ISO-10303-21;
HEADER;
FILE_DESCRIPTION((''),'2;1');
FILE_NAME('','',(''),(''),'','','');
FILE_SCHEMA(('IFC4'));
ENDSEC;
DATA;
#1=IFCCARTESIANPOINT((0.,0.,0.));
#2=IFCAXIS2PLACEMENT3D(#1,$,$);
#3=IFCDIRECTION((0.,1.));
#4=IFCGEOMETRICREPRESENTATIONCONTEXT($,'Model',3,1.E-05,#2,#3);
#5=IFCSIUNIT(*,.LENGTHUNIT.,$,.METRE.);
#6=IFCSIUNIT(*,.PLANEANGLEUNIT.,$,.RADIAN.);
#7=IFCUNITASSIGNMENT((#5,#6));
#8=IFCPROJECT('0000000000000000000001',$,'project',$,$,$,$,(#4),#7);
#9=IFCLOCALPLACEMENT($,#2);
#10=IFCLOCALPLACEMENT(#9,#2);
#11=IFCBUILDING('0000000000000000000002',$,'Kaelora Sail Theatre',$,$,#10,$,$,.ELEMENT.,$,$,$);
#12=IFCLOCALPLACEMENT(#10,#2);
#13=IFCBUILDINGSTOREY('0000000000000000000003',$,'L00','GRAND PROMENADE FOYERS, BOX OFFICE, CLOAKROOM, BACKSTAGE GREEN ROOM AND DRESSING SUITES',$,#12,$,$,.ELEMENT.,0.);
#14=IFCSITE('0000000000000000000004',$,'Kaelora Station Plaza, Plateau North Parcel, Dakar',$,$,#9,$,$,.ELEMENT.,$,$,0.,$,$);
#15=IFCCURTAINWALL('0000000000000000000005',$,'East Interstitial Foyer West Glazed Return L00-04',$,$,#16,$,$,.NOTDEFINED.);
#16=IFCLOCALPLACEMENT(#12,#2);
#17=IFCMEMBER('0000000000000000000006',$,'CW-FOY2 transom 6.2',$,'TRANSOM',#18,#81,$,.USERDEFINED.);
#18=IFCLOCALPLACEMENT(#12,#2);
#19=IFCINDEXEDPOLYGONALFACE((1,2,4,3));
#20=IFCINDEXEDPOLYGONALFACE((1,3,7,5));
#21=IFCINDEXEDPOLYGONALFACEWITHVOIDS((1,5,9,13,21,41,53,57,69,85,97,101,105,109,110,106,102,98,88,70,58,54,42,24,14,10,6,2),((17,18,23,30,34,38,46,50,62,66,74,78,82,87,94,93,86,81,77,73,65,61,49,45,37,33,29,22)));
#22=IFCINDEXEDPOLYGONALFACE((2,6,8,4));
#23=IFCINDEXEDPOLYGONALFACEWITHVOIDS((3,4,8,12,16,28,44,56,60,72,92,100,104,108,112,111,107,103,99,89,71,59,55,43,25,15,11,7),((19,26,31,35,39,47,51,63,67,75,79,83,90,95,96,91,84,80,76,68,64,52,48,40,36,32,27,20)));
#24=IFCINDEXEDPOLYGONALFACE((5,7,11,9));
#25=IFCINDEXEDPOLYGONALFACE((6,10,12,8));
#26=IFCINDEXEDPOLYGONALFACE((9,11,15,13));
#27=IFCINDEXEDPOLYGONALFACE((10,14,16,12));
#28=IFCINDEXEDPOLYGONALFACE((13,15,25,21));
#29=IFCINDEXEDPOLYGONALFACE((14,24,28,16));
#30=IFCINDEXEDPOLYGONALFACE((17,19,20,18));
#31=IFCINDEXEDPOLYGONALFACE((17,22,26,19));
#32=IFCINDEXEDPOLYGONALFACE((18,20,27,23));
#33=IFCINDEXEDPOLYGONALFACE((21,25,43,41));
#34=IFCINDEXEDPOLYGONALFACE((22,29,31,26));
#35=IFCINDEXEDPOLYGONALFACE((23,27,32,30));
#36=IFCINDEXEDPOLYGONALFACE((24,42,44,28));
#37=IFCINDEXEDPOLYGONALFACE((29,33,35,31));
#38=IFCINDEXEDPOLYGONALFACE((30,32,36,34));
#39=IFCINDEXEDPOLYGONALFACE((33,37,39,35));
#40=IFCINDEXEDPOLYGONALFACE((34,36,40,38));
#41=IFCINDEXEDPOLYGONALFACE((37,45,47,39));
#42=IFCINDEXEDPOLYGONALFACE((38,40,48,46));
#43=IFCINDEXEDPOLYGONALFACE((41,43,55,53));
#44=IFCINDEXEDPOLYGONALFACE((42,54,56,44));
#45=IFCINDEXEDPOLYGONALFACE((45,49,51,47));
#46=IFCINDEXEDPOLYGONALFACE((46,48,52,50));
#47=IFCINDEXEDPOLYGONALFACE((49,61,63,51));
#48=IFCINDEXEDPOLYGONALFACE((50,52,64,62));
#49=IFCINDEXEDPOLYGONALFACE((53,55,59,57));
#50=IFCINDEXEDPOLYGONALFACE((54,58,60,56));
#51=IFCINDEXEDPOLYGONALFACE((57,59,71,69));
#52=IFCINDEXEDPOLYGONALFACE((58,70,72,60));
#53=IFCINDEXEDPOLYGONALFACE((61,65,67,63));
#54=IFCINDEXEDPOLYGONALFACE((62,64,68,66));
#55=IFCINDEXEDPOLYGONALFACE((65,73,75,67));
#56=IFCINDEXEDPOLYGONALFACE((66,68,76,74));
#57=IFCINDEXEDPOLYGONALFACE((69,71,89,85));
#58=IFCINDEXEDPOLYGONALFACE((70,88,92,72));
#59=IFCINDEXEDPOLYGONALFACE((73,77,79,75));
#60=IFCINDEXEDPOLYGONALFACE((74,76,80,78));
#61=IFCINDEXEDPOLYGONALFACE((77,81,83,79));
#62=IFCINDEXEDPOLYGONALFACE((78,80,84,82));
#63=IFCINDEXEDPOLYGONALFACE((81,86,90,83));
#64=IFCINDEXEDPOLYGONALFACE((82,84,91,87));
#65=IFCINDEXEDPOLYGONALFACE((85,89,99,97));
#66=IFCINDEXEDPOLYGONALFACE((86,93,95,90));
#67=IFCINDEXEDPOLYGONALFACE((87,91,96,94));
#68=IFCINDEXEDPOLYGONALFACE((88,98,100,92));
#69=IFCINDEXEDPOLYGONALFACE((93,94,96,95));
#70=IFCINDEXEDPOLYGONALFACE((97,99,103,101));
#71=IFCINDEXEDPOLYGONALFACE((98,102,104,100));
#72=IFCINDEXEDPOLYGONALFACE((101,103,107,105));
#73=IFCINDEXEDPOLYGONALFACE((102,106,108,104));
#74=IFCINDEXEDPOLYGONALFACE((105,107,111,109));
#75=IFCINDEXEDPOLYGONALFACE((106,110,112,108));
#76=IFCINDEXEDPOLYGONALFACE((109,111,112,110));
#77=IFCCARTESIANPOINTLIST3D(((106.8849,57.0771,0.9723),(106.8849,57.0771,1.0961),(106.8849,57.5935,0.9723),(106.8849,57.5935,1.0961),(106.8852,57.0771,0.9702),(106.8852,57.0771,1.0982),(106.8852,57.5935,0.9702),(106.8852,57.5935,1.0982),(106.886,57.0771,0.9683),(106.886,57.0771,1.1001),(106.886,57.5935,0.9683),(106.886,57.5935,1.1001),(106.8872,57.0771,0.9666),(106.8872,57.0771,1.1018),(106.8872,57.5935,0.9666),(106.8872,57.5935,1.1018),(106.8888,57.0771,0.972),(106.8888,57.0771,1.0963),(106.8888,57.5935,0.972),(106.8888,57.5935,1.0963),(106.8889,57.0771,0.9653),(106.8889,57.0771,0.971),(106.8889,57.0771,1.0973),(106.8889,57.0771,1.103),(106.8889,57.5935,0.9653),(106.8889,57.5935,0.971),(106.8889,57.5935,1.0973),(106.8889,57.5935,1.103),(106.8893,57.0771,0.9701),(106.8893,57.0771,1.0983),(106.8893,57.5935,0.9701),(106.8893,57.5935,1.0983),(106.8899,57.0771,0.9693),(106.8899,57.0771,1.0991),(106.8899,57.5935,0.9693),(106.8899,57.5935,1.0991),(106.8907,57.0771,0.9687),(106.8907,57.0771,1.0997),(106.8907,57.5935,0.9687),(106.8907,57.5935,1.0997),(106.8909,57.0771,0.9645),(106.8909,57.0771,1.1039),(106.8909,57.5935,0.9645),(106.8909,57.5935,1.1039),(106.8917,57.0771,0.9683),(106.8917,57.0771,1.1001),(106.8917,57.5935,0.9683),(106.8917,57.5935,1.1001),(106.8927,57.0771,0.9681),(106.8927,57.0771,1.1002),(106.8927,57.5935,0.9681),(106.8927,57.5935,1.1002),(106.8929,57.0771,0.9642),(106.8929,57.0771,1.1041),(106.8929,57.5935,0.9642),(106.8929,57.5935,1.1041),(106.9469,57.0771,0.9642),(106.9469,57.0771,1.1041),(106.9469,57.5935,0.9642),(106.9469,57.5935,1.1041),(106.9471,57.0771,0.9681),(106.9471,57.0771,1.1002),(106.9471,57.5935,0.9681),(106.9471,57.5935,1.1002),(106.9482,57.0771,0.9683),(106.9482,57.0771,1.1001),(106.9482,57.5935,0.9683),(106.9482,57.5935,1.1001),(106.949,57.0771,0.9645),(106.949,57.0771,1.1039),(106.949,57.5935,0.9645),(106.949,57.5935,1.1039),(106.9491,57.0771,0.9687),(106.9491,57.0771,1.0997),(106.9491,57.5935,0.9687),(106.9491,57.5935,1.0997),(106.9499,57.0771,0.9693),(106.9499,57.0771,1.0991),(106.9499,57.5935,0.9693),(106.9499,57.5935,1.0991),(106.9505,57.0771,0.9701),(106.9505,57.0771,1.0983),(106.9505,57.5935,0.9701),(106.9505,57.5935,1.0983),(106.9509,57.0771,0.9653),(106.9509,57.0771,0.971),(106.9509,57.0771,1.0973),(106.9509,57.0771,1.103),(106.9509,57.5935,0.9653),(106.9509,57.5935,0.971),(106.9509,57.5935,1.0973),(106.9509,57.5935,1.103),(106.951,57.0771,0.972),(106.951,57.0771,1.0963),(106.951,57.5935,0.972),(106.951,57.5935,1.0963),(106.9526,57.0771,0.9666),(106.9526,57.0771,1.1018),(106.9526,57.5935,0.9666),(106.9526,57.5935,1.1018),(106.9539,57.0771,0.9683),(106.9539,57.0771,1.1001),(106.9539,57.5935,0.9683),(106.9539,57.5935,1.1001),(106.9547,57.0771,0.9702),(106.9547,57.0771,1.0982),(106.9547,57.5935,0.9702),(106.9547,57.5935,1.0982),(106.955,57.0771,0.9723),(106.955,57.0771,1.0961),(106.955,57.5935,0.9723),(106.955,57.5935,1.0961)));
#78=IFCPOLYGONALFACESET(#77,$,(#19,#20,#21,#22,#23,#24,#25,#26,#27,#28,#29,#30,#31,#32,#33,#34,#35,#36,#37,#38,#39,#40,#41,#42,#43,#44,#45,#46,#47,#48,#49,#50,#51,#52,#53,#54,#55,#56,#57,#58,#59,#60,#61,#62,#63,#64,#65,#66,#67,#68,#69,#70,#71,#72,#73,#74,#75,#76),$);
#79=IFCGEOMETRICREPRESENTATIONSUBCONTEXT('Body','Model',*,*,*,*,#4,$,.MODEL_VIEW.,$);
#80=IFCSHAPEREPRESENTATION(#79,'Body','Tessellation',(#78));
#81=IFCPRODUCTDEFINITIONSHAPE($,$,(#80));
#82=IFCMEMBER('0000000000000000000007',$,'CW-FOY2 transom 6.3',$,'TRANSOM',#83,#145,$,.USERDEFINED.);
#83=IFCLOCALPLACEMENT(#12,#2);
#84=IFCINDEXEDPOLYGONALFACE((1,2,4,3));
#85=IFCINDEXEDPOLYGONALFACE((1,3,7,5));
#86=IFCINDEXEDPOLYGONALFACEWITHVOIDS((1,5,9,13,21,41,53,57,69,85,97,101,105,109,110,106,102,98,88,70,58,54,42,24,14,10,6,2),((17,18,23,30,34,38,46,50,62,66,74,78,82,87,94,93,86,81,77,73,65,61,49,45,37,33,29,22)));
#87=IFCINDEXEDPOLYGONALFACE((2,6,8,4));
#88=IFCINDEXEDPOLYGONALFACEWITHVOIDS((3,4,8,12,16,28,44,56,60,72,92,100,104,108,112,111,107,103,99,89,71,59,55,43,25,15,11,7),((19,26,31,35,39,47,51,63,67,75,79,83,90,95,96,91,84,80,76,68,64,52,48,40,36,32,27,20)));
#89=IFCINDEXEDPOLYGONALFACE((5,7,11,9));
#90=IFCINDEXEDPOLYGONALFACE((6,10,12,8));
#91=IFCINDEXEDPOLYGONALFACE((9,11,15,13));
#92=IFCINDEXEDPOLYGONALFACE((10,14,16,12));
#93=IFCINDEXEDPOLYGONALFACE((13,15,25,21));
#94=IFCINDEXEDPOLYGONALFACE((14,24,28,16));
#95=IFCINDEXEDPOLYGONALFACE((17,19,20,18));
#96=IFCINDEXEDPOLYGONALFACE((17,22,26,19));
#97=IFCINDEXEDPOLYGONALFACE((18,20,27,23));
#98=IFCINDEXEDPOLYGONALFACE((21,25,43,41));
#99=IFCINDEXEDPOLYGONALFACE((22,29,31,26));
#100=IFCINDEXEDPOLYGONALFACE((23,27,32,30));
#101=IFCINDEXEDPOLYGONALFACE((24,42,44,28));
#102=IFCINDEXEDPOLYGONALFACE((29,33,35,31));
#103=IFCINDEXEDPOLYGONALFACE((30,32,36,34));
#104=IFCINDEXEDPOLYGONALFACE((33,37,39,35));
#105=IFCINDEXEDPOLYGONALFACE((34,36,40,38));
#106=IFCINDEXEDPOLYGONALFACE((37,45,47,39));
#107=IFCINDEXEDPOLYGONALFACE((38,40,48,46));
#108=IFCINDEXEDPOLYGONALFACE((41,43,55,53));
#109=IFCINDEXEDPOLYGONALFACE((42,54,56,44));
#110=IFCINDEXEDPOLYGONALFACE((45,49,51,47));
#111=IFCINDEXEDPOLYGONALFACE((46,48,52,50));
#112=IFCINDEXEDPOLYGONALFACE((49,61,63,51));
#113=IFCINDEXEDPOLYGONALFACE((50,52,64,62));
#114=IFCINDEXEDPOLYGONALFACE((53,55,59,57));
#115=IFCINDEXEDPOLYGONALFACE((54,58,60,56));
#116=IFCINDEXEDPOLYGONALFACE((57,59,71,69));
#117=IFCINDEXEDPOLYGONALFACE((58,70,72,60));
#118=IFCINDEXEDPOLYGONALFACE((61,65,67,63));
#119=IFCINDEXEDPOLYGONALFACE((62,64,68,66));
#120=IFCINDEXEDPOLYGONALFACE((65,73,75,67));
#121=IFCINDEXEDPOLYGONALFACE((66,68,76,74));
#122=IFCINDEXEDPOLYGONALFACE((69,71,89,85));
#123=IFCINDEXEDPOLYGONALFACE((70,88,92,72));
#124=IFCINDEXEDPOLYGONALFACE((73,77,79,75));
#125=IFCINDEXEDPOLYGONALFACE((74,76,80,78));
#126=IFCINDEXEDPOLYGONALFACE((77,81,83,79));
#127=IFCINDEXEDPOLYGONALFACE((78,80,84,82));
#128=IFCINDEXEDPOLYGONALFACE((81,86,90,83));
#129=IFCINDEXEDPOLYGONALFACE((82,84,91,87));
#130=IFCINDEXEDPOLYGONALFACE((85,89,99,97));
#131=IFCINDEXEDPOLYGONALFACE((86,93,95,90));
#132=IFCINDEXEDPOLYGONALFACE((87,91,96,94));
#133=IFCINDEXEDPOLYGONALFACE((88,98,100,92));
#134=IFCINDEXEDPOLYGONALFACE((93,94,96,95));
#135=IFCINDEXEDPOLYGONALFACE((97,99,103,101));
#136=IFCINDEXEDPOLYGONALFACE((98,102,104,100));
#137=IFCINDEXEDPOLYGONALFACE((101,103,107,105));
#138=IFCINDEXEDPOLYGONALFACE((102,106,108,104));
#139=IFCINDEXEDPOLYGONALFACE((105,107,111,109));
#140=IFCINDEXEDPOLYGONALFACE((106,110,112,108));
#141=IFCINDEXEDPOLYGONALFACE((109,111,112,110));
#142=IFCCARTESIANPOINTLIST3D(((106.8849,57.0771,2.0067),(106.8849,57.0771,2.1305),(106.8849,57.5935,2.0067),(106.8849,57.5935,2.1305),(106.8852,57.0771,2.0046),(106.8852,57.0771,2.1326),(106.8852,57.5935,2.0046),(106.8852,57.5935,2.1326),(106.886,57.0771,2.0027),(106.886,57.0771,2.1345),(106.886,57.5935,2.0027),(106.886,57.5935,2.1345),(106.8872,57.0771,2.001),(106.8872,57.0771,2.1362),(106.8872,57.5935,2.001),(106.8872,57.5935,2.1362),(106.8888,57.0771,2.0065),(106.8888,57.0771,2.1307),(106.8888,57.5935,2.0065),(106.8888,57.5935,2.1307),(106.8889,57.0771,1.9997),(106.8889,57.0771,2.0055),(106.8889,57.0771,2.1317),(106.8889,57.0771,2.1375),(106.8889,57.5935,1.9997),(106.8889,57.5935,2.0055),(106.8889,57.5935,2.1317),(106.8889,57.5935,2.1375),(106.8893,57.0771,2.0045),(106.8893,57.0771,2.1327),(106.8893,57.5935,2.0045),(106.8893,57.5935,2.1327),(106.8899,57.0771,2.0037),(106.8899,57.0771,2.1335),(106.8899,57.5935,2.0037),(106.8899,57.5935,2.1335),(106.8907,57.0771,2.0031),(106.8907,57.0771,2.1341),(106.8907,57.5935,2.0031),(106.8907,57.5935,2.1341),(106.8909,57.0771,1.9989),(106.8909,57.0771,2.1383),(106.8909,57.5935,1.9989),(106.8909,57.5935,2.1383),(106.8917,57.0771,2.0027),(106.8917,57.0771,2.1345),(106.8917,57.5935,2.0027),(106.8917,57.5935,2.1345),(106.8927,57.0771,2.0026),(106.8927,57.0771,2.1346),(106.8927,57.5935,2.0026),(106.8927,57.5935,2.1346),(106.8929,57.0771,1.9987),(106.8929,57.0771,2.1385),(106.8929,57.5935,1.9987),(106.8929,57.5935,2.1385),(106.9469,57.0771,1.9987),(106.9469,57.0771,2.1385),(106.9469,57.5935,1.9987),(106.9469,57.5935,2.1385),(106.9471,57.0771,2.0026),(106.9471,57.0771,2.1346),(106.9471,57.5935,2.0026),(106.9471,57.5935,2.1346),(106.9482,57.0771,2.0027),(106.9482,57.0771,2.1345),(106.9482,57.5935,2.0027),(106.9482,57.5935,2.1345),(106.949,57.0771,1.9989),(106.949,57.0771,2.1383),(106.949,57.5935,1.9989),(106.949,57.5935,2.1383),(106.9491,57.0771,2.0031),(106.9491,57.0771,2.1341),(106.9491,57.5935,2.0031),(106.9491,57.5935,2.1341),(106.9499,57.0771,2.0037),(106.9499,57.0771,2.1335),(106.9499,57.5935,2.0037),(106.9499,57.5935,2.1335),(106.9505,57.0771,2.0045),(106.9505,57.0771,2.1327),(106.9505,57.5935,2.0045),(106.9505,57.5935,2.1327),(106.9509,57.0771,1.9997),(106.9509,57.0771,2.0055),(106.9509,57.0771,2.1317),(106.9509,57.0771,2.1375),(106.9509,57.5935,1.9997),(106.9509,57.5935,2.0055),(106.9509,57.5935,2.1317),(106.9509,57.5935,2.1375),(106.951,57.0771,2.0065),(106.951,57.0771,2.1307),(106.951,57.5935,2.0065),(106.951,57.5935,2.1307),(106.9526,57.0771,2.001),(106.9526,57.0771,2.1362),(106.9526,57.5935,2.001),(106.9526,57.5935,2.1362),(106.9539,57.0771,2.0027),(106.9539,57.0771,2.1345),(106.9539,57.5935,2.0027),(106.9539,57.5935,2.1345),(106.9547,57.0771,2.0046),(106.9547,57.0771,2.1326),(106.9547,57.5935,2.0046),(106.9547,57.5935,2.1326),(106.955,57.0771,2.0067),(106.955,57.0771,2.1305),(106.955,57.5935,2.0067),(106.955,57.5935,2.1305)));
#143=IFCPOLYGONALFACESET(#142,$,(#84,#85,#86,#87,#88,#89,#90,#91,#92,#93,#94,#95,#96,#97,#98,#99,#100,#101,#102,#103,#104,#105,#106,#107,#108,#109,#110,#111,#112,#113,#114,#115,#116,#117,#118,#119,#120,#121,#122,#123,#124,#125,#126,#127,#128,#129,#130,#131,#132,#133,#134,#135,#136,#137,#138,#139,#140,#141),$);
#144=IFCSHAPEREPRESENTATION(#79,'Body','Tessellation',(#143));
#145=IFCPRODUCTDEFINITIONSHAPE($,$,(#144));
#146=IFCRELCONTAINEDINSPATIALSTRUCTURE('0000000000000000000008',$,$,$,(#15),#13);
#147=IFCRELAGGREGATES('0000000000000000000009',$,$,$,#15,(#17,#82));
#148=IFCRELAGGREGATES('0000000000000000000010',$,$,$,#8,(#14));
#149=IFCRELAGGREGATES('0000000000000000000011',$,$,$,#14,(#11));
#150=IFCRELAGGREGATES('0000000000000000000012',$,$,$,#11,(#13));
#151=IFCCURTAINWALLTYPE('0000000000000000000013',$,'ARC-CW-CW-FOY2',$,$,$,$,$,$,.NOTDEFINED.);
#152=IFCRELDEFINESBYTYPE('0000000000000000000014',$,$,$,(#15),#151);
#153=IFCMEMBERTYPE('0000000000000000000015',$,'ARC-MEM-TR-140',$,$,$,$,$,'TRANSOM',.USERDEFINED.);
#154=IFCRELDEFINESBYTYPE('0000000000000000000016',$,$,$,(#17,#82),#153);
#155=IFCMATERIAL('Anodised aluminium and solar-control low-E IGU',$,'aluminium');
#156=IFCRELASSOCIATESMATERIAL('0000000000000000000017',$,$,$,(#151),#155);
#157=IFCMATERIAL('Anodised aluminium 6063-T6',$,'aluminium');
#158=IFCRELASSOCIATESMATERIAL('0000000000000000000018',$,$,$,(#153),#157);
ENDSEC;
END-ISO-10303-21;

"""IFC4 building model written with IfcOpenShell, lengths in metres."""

from ifc_helpers import new_model, si_unit, direction, frame, origin, origin_2d, place, context, subcontext, project, spatial, hollow_rectangle, extrude, material, material_profile, profile_set, type_object, element, aggregate, save


model = new_model("IFC4")

# Units and contexts
model_context = context("Model", 3, precision=1e-05, world=origin(), true_north=direction((0.0, 1.0)))
body_context = subcontext(model_context, "Body", "Model", "MODEL_VIEW")
ifc_project = project(units=[si_unit("LENGTHUNIT", "METRE"), si_unit("PLANEANGLEUNIT", "RADIAN")], contexts=[model_context])

# Site, building, storey
site_placement = place(None, origin())
site = spatial("IfcSite", under=ifc_project, at=site_placement, Name="Kaelora Station Plaza, Plateau North Parcel, Dakar", CompositionType="ELEMENT", RefElevation=0.0)
building_placement = place(site_placement, origin())
building = spatial("IfcBuilding", under=site, at=building_placement, Name="Kaelora Sail Theatre", CompositionType="ELEMENT")
storey_placement = place(building_placement, origin())
storey = spatial("IfcBuildingStorey", under=building, at=storey_placement, Name="L00", Description="GRAND PROMENADE FOYERS, BOX OFFICE, CLOAKROOM, BACKSTAGE GREEN ROOM AND DRESSING SUITES", CompositionType="ELEMENT", Elevation=0.0)

# Curtain wall
ifc_material_1 = material(Name="Anodised aluminium and solar-control low-E IGU", Category="aluminium")
curtain_wall_type = type_object("IfcCurtainWallType", Name="ARC-CW-CW-FOY2", PredefinedType="NOTDEFINED", material=ifc_material_1)
curtain_wall_placement = place(storey_placement, origin())
curtain_wall = element("IfcCurtainWall", 1, at=curtain_wall_placement, inside=storey, type_object=curtain_wall_type, Name="East Interstitial Foyer West Glazed Return L00-04", PredefinedType="NOTDEFINED")

# Members
ifc_material_2 = material(Name="Anodised aluminium 6063-T6", Category="aluminium")
ifc_material_profile_1 = material_profile(ifc_material_2, hollow_rectangle(XDim=0.0701, YDim=0.1399, WallThickness=0.0039, InnerFilletRadius=0.0039, OuterFilletRadius=0.0081, at=origin_2d()), Name="ALU-TRAN 70x140x4")
ifc_profile_set_1 = profile_set([ifc_material_profile_1], Name="Anodised aluminium 6063-T6")
member_type_1 = type_object("IfcMemberType", Name="ARC-MEM-TR-140", ElementType="TRANSOM", PredefinedType="USERDEFINED", material=ifc_profile_set_1)
member_1_placement = place(storey_placement, frame((106.9199, 57.0771, 1.0342), z_axis=(0.0, 1.0, 0.0), x_axis=(-1.0, 0.0, 0.0)))
member_1 = element("IfcMember", 2, at=member_1_placement, type_object=member_type_1, Name="CW-FOY2 transom 6.2", ObjectType="TRANSOM", PredefinedType="USERDEFINED", context=body_context, shape_type="SweptSolid", body=[
    extrude(hollow_rectangle(XDim=0.0701, YDim=0.1399, WallThickness=0.0039, InnerFilletRadius=0.0039, OuterFilletRadius=0.0081, at=origin_2d()), origin(), (0.0, 0.0, 1.0), 0.5164),
])
member_2_placement = place(storey_placement, frame((106.9199, 57.0771, 2.0686), z_axis=(0.0, 1.0, 0.0), x_axis=(-1.0, 0.0, 0.0)))
member_2 = element("IfcMember", 3, at=member_2_placement, type_object=member_type_1, Name="CW-FOY2 transom 6.3", ObjectType="TRANSOM", PredefinedType="USERDEFINED", context=body_context, shape_type="SweptSolid", body=[
    extrude(hollow_rectangle(XDim=0.0701, YDim=0.1399, WallThickness=0.0039, InnerFilletRadius=0.0039, OuterFilletRadius=0.0081, at=origin_2d()), origin(), (0.0, 0.0, 1.0), 0.5164),
])
aggregate(curtain_wall, [member_1, member_2])

save(model, "model.ifc")
